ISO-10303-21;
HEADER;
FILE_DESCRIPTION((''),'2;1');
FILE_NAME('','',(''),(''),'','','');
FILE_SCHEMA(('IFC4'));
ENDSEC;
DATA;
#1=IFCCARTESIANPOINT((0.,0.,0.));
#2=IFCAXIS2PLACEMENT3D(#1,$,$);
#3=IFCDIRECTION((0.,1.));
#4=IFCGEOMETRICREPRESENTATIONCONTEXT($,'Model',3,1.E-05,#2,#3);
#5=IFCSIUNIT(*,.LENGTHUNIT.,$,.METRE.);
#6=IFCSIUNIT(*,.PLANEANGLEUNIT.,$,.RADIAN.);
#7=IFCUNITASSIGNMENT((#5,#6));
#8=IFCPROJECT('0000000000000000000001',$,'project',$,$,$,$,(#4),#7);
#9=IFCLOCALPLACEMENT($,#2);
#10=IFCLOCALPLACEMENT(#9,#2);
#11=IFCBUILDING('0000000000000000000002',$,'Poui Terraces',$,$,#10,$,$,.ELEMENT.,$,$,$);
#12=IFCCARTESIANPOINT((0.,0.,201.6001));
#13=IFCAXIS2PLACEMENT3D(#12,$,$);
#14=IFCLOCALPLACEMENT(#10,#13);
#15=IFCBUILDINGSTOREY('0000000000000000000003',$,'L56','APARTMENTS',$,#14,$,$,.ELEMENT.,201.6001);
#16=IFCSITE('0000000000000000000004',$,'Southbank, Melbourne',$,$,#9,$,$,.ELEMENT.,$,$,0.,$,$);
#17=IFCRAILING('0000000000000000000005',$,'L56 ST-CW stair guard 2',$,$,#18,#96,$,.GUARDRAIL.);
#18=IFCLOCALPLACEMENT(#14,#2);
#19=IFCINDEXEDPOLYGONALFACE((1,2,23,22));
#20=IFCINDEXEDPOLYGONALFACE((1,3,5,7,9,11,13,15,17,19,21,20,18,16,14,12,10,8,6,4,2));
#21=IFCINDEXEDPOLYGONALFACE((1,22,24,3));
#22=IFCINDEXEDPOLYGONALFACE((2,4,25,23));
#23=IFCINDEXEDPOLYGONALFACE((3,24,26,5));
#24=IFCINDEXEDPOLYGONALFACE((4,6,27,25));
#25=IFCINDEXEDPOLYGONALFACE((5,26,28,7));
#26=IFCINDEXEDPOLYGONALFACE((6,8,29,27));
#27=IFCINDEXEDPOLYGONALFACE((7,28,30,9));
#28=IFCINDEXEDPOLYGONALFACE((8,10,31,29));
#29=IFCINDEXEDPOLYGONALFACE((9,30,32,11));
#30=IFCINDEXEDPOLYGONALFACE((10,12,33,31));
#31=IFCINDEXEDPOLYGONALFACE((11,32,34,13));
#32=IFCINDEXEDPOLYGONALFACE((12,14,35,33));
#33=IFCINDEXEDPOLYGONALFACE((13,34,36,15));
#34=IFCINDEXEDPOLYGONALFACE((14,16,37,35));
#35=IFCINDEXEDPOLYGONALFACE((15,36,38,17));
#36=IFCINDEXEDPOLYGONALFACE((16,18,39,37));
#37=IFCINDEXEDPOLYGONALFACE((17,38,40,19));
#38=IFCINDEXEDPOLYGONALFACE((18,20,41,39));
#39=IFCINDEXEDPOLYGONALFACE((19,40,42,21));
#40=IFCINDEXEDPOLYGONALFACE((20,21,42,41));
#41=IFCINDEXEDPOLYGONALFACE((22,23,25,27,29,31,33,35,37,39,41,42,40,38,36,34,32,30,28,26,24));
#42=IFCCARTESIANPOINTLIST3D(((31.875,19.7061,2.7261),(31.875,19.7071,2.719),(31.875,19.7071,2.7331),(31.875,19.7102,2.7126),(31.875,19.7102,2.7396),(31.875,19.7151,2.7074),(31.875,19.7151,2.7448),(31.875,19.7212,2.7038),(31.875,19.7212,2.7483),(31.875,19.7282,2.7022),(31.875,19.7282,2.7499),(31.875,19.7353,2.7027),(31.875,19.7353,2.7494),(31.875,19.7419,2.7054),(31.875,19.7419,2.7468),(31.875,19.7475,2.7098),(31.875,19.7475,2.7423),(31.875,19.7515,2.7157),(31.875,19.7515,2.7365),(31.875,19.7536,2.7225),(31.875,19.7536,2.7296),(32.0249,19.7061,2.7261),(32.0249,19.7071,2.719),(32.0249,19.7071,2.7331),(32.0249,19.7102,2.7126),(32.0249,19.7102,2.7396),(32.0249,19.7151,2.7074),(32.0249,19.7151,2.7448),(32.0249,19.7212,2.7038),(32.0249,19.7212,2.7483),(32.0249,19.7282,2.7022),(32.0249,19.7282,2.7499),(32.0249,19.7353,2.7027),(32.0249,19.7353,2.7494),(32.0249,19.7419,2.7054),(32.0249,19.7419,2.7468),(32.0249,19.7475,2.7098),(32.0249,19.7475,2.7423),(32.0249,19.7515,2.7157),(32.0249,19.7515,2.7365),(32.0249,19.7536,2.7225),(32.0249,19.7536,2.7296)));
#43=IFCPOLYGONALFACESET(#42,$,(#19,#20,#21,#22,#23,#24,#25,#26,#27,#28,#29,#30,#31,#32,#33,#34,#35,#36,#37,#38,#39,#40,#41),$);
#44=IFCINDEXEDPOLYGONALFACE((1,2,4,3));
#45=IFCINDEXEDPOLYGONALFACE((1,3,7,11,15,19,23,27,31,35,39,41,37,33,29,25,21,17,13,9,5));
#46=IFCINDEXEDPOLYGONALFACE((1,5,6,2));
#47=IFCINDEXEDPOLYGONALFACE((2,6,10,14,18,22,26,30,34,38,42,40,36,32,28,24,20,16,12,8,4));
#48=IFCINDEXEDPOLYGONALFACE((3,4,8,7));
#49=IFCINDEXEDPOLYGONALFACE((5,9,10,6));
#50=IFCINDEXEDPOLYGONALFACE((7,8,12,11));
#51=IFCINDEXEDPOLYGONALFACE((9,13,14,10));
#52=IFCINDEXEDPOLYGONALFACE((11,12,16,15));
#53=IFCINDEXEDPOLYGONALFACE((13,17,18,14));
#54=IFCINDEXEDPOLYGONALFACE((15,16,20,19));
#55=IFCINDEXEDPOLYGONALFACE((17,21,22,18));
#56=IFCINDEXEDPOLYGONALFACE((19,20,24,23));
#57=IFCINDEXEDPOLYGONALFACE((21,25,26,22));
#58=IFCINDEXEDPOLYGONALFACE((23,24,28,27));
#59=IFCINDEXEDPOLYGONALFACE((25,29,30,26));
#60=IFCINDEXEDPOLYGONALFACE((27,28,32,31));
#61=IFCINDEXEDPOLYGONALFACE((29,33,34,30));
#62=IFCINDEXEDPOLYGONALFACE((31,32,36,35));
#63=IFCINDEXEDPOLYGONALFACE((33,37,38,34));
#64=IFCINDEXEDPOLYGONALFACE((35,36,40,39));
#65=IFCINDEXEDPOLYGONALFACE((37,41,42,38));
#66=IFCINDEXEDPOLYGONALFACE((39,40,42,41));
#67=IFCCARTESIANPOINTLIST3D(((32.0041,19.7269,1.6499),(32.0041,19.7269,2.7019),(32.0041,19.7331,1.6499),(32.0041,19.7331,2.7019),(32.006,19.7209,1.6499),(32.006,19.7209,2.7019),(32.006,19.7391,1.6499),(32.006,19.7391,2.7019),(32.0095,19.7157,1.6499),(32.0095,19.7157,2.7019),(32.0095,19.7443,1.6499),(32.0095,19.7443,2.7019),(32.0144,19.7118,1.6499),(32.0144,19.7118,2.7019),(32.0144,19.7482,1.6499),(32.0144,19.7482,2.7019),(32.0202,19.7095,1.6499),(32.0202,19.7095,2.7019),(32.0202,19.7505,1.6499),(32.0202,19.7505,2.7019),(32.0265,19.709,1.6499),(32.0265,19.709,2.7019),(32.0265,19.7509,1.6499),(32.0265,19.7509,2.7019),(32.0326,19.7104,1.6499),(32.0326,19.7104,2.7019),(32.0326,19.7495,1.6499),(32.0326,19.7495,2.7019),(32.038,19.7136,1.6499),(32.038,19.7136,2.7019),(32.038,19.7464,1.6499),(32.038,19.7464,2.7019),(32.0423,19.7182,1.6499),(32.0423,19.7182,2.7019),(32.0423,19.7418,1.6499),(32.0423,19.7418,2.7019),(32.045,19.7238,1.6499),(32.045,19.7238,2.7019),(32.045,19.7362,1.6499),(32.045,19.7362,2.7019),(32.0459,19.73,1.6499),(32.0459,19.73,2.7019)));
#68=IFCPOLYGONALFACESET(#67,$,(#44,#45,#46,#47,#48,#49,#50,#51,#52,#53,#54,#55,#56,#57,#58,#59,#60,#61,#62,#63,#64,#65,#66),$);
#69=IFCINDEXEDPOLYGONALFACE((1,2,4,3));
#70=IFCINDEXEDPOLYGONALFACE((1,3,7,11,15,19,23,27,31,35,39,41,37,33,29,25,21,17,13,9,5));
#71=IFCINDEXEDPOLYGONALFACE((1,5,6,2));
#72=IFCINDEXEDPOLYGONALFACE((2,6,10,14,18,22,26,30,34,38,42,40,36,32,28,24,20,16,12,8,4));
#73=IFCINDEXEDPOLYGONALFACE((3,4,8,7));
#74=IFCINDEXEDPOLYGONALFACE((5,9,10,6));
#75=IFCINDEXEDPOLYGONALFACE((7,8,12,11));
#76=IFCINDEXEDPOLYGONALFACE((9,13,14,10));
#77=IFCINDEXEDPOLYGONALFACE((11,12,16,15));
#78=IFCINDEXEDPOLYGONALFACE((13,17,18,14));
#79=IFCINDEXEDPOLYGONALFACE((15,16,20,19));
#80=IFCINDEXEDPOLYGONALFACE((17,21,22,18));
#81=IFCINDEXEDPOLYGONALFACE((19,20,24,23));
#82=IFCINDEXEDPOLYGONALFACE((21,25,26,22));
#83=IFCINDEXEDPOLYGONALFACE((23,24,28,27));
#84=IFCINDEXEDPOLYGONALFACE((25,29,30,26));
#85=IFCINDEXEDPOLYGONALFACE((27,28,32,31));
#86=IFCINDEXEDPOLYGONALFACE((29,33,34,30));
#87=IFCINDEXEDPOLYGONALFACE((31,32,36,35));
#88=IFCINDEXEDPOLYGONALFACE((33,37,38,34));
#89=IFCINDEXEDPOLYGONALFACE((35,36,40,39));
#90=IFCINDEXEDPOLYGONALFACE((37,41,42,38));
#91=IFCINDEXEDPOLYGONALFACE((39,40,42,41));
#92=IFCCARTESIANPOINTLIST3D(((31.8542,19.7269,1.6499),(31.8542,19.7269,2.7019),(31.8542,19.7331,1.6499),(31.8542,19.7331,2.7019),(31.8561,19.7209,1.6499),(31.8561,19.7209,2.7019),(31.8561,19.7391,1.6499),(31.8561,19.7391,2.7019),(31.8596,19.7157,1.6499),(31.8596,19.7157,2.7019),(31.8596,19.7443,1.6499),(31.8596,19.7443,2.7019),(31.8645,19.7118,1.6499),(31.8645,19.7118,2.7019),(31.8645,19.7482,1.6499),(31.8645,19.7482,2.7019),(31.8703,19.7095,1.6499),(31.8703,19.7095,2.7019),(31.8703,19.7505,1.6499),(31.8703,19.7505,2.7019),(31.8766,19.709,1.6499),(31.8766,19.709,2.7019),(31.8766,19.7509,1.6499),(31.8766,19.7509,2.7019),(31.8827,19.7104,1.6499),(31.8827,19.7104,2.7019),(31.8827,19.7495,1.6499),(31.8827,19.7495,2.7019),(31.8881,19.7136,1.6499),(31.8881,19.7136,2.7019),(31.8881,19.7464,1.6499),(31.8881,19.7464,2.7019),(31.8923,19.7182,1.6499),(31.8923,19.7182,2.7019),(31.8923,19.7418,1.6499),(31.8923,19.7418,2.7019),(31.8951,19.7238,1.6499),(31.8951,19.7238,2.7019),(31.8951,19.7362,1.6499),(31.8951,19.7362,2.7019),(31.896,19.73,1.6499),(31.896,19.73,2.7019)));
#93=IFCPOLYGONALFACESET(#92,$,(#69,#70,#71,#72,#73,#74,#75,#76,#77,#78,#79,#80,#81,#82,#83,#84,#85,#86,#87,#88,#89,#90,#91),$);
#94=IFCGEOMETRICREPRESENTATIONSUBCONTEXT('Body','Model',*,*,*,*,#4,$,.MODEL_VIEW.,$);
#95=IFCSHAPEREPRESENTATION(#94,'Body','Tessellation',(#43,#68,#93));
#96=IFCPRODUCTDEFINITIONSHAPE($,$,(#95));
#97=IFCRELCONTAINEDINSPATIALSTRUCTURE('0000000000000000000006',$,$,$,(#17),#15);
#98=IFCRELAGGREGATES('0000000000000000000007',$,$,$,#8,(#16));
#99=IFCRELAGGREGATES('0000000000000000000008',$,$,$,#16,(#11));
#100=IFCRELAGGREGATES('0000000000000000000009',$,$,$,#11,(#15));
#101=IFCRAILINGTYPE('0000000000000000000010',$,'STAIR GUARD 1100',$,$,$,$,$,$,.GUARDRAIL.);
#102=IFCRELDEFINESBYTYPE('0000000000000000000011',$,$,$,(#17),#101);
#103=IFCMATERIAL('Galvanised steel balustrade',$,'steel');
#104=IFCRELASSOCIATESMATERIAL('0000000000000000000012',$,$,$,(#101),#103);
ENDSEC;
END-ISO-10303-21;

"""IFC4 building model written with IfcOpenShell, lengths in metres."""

from ifc_helpers import new_model, si_unit, direction, frame, origin, origin_2d, place, context, subcontext, project, spatial, circle, extrude, material, type_object, element, save


model = new_model("IFC4")

# Units and contexts
model_context = context("Model", 3, precision=1e-05, world=origin(), true_north=direction((0.0, 1.0)))
body_context = subcontext(model_context, "Body", "Model", "MODEL_VIEW")
ifc_project = project(units=[si_unit("LENGTHUNIT", "METRE"), si_unit("PLANEANGLEUNIT", "RADIAN")], contexts=[model_context])

# Site, building, storey
site_placement = place(None, origin())
site = spatial("IfcSite", under=ifc_project, at=site_placement, Name="Southbank, Melbourne", CompositionType="ELEMENT", RefElevation=0.0)
building_placement = place(site_placement, origin())
building = spatial("IfcBuilding", under=site, at=building_placement, Name="Poui Terraces", CompositionType="ELEMENT")
storey_placement = place(building_placement, frame((0.0, 0.0, 201.6001)))
storey = spatial("IfcBuildingStorey", under=building, at=storey_placement, Name="L56", Description="APARTMENTS", CompositionType="ELEMENT", Elevation=201.6001)

# Railing
ifc_material_1 = material(Name="Galvanised steel balustrade", Category="steel")
railing_type_1 = type_object("IfcRailingType", Name="STAIR GUARD 1100", PredefinedType="GUARDRAIL", material=ifc_material_1)
railing_1_placement = place(storey_placement, frame((32.0249, 19.73, 1.6499)))
element("IfcRailing", 1, at=railing_1_placement, inside=storey, type_object=railing_type_1, Name="L56 ST-CW stair guard 2", PredefinedType="GUARDRAIL", context=body_context, shape_type="SweptSolid", body=[
    extrude(circle(Radius=0.0239, at=origin_2d()), frame((0.0, 0.0, 1.0762), z_axis=(-1.0, 0.0, 0.0), x_axis=(0.0, -1.0, 0.0)), (0.0, 0.0, 1.0), 0.1499),
    extrude(circle(Radius=0.021, at=origin_2d()), origin(), (0.0, 0.0, 1.0), 1.052),
    extrude(circle(Radius=0.021, at=origin_2d()), frame((-0.1499, 0.0, 0.0)), (0.0, 0.0, 1.0), 1.052),
])

save(model, "model.ifc")
